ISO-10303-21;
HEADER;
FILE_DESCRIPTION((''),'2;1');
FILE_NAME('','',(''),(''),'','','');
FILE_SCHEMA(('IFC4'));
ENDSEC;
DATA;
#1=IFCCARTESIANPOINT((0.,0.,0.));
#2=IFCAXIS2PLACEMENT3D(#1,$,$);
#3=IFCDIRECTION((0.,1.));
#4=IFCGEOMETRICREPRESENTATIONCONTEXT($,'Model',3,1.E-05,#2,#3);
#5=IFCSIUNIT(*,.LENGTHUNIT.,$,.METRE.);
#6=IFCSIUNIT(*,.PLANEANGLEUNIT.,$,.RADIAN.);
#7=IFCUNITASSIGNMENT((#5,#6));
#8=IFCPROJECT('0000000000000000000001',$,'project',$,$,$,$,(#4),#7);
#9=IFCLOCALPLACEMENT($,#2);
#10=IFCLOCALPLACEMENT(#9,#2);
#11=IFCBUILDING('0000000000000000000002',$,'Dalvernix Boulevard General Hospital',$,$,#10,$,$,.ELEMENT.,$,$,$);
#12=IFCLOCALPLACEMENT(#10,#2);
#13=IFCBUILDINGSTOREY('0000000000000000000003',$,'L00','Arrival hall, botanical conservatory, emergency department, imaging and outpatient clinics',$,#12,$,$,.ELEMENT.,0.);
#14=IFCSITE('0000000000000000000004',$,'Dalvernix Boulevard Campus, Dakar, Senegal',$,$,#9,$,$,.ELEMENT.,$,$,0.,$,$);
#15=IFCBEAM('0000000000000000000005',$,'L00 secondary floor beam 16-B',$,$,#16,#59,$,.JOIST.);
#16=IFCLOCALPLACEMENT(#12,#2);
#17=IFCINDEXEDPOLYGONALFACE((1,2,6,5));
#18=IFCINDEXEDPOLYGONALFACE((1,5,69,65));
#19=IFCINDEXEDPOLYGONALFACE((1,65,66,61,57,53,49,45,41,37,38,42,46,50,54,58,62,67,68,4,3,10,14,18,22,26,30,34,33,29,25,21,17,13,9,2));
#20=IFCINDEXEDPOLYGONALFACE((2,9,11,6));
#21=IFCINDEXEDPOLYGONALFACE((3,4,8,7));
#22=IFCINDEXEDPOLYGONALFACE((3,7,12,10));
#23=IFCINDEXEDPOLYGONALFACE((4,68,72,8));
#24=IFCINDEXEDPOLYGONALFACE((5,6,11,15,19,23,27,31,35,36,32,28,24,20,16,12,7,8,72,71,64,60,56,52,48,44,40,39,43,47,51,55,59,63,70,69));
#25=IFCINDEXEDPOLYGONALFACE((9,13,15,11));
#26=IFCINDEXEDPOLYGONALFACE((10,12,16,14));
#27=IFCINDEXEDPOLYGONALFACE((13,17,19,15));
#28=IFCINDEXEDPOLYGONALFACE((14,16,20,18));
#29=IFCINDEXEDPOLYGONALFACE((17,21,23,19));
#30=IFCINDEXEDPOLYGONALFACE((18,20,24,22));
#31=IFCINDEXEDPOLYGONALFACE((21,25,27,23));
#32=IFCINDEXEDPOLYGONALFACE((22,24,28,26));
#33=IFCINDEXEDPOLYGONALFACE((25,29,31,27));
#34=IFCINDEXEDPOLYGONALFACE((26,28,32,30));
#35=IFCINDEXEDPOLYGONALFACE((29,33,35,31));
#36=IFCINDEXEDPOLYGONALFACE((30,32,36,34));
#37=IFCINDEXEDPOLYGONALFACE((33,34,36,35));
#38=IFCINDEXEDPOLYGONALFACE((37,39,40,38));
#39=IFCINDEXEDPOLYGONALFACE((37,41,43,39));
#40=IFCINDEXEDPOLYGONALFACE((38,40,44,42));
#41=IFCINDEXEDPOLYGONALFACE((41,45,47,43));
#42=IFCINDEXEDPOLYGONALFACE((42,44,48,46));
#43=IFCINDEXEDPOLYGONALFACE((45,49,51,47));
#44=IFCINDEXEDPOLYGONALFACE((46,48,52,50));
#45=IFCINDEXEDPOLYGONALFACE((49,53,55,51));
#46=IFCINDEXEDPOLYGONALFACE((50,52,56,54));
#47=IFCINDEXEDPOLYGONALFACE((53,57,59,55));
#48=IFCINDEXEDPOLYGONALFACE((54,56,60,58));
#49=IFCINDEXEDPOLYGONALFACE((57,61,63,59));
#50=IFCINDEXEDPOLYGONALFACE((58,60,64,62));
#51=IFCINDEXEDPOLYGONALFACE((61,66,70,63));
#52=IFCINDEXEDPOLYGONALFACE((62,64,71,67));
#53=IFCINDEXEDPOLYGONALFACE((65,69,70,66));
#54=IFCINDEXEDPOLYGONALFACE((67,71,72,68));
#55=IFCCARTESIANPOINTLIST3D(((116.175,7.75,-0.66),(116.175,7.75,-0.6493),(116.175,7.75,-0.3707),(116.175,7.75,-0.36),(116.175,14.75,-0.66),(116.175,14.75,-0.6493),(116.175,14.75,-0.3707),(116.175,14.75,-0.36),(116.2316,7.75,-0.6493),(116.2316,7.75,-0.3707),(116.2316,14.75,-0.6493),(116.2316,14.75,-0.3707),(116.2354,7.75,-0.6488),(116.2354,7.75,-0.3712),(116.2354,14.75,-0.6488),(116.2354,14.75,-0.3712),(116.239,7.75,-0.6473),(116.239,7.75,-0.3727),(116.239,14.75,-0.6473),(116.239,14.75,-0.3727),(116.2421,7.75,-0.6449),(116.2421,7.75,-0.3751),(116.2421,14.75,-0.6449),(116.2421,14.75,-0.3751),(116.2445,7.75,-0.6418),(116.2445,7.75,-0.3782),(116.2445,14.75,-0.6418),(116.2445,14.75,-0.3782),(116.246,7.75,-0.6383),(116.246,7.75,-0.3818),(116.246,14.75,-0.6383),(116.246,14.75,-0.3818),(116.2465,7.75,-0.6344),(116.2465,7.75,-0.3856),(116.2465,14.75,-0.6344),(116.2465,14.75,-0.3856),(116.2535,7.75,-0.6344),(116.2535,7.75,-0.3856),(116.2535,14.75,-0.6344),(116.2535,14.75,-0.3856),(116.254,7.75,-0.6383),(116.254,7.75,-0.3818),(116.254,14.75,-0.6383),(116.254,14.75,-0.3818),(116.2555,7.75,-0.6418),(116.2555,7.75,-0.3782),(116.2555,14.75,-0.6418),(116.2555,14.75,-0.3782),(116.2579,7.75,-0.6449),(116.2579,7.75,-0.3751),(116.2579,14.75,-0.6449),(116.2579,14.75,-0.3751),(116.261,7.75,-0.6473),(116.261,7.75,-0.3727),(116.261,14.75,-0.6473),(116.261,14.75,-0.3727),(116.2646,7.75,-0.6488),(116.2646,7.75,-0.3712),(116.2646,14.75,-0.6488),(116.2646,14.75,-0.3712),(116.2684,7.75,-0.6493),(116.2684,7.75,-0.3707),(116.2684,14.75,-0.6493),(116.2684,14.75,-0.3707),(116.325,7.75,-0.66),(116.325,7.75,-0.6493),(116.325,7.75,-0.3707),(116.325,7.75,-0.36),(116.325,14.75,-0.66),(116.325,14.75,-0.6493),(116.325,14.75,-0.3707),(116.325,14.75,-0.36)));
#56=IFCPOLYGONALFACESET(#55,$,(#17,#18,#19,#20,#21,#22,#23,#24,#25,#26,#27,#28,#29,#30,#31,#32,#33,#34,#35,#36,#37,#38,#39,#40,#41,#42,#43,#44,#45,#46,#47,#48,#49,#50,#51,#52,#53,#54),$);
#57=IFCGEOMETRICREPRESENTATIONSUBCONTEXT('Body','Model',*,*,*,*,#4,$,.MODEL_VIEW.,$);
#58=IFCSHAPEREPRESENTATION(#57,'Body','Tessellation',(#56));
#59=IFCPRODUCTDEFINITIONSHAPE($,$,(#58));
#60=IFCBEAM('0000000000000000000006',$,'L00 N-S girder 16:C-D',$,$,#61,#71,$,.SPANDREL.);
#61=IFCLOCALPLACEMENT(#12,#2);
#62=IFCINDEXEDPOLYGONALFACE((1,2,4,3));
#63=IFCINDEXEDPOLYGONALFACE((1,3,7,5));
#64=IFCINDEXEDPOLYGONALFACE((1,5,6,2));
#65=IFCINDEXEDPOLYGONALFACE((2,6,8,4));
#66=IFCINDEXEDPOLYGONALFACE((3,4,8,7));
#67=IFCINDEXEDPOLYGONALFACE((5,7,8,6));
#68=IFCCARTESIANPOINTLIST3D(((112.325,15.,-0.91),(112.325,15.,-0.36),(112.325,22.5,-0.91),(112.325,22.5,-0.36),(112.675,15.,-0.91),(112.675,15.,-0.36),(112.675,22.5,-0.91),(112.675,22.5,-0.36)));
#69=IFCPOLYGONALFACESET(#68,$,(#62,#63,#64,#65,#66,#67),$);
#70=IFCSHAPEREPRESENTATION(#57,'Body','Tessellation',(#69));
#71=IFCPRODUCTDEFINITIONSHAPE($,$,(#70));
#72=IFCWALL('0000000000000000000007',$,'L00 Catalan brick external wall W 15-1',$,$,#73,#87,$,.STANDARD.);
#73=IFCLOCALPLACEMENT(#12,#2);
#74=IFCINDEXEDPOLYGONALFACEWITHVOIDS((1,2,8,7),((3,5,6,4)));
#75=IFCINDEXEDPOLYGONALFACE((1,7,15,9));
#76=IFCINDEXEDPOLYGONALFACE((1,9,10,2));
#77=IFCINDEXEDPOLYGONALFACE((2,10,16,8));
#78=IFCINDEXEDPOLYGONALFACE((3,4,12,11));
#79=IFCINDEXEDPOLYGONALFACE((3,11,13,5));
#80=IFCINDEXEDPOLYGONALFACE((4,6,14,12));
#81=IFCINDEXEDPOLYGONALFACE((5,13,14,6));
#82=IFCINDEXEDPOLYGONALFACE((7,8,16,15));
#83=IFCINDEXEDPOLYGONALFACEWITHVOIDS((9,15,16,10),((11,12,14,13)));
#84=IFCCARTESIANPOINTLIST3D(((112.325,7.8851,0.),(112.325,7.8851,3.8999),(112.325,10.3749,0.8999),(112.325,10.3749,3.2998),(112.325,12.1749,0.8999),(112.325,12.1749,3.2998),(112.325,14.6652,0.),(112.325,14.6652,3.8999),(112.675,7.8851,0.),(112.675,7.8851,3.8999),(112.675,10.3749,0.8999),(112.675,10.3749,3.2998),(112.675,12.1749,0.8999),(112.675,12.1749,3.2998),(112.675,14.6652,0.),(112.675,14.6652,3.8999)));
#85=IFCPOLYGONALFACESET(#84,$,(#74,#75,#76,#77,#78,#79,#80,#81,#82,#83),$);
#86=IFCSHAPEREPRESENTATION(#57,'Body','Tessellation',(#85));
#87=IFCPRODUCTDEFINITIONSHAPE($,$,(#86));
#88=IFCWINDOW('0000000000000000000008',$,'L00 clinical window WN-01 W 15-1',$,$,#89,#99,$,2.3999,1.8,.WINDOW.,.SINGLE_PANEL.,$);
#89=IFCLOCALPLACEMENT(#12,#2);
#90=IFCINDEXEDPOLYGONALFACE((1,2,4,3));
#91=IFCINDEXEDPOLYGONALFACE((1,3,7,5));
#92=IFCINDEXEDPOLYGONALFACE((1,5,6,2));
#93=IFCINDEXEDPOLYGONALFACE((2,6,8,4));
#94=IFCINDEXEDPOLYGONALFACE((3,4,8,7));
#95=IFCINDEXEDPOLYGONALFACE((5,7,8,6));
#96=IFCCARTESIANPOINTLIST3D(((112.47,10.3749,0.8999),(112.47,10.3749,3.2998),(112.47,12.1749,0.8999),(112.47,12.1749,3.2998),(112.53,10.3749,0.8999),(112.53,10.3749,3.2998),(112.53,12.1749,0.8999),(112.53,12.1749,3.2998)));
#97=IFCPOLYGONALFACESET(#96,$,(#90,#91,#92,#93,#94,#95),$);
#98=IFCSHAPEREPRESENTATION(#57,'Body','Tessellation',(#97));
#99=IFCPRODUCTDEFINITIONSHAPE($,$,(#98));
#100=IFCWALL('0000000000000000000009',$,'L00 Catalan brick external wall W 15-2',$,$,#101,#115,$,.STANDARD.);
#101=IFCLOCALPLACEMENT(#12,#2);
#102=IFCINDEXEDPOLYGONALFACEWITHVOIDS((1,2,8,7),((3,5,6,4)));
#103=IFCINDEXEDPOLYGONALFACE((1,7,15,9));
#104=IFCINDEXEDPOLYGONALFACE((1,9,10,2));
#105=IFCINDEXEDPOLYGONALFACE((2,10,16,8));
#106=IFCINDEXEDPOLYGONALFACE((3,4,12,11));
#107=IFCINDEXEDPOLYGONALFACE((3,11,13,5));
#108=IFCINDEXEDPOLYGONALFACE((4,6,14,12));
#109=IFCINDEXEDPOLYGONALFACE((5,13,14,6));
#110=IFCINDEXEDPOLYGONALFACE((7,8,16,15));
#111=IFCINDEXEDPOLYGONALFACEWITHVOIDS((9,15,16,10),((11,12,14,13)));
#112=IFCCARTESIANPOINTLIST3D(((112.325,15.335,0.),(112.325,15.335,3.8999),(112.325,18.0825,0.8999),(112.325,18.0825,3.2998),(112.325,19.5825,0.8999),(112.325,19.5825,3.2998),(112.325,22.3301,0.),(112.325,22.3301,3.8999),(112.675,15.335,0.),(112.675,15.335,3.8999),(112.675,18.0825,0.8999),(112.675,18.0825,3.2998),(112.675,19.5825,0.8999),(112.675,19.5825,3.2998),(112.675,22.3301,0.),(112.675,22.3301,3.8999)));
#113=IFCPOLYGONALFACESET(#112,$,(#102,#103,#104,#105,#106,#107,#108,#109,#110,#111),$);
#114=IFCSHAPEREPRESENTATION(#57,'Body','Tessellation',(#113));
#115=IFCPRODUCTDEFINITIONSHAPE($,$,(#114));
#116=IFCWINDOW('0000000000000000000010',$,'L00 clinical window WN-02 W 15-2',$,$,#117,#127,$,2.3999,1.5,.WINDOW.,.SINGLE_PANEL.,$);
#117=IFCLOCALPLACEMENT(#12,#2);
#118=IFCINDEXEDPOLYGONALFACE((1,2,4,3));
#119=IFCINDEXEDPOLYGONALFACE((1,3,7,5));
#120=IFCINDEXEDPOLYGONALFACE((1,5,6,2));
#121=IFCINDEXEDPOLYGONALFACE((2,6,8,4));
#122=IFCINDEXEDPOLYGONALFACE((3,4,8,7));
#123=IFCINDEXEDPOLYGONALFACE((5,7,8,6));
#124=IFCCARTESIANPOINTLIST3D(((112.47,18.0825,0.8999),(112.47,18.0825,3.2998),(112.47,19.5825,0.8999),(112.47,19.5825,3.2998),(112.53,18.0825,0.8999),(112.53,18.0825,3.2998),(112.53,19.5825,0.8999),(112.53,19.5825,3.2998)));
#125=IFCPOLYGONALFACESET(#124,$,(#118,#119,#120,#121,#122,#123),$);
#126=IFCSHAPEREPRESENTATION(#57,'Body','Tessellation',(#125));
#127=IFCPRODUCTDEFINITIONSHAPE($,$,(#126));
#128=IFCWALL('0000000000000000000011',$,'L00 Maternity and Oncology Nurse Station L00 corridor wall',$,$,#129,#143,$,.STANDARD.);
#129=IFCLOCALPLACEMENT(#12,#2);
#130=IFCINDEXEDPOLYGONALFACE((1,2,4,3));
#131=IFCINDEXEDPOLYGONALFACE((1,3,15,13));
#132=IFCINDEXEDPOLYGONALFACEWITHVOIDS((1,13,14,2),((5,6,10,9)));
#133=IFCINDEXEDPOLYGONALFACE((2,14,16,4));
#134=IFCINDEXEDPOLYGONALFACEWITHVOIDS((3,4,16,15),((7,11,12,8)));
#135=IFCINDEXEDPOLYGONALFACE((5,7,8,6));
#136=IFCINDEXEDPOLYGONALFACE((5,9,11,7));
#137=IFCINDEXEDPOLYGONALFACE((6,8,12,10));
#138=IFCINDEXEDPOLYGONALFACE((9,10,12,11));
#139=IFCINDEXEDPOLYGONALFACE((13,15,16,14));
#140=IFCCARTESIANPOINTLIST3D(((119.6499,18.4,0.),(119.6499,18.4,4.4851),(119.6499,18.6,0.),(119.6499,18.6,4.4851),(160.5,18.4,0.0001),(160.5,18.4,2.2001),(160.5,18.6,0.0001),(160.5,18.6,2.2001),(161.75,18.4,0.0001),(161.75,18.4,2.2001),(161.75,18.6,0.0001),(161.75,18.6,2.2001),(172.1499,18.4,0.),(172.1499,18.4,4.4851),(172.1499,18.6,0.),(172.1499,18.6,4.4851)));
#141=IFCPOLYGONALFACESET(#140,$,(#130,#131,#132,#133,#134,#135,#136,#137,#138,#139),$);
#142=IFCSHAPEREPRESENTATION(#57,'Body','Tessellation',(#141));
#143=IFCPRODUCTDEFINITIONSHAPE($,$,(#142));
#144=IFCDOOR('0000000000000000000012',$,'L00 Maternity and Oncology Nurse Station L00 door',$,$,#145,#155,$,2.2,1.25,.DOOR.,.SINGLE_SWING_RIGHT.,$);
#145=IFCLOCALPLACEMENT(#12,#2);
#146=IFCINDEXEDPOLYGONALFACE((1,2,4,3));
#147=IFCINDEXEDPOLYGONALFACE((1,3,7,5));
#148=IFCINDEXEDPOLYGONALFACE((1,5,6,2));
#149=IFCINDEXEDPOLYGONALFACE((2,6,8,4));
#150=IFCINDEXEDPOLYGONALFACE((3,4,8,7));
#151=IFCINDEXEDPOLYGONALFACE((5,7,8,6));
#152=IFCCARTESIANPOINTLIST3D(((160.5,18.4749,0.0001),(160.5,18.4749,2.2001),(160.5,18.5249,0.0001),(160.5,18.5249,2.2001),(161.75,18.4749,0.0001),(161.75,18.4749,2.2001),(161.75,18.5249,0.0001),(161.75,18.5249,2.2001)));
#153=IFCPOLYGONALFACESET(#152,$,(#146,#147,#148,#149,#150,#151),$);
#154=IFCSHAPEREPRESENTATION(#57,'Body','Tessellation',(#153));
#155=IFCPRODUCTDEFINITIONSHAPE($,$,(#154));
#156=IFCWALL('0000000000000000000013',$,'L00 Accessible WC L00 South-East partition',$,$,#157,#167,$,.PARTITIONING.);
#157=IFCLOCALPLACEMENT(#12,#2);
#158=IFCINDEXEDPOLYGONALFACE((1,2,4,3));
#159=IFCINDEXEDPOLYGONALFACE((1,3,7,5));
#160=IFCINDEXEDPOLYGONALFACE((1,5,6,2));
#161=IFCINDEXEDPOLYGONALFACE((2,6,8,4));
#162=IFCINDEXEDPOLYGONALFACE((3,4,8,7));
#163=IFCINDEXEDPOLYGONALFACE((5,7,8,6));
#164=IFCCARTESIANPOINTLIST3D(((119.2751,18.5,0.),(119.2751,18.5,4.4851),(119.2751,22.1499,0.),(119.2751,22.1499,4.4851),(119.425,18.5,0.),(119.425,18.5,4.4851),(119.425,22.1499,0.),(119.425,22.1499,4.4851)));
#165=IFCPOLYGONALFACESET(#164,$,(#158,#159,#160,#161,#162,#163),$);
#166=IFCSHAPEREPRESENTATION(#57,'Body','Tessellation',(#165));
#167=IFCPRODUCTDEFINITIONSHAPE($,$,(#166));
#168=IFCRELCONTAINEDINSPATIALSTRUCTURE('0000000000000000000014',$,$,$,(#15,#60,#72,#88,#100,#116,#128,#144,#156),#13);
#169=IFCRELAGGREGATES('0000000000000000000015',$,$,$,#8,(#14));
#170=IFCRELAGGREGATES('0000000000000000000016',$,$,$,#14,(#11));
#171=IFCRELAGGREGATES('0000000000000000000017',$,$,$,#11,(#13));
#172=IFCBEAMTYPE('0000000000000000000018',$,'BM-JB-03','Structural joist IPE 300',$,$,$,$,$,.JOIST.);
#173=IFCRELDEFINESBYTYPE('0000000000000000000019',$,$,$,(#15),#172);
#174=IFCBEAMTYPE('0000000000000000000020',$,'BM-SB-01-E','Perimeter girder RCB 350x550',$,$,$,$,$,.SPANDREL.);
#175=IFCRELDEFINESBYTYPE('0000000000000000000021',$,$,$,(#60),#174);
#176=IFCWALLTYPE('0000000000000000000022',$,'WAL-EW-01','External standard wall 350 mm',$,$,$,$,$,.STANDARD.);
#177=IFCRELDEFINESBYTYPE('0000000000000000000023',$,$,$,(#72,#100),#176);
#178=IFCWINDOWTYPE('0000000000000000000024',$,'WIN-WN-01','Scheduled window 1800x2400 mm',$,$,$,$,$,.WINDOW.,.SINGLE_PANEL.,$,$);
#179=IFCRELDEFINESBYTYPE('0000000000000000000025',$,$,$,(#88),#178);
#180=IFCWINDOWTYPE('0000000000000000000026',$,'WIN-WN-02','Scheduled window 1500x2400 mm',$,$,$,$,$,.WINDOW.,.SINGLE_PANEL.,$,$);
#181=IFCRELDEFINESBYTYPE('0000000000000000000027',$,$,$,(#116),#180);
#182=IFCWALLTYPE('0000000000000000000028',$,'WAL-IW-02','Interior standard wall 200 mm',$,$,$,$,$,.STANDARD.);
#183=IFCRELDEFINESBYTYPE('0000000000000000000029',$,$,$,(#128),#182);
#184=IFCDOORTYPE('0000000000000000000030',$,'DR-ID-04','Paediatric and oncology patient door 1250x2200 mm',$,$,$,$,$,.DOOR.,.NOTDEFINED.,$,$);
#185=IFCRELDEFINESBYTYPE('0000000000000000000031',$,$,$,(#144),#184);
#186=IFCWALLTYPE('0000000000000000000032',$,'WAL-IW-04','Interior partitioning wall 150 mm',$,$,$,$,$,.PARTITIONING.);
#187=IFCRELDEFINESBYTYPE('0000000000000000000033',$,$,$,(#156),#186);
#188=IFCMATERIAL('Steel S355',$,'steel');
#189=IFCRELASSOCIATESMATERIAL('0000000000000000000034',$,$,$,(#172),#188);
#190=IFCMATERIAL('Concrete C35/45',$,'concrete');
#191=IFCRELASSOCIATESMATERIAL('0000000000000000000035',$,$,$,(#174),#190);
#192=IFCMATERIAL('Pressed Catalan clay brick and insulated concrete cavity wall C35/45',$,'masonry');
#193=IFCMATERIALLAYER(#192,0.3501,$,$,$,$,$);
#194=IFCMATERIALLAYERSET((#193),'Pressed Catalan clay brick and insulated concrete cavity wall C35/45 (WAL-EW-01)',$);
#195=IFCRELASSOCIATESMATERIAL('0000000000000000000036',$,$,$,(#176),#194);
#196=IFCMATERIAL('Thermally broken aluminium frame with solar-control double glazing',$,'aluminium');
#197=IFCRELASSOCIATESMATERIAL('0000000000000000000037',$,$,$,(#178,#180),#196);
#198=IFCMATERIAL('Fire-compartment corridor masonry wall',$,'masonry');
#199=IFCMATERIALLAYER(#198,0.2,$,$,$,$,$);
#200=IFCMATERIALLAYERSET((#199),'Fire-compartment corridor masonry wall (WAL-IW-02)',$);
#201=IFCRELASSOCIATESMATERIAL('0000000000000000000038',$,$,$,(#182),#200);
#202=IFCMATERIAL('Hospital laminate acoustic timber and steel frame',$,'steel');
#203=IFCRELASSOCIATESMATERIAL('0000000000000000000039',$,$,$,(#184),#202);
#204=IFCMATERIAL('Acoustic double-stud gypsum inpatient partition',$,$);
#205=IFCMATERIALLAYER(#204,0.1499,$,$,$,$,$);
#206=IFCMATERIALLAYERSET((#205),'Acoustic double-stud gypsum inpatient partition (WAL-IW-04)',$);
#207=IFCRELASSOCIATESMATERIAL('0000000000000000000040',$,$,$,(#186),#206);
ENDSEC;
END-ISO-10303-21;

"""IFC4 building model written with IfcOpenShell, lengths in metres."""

from ifc_helpers import new_model, si_unit, direction, frame, frame_2d, origin, origin_2d, place, context, subcontext, project, spatial, rectangle, i_section, extrude, material, layer, layer_set, material_profile, profile_set, type_object, element, fill, save


model = new_model("IFC4")

# Units and contexts
model_context = context("Model", 3, precision=1e-05, world=origin(), true_north=direction((0.0, 1.0)))
body_context = subcontext(model_context, "Body", "Model", "MODEL_VIEW")
ifc_project = project(units=[si_unit("LENGTHUNIT", "METRE"), si_unit("PLANEANGLEUNIT", "RADIAN")], contexts=[model_context])

# Site, building, storey
site_placement = place(None, origin())
site = spatial("IfcSite", under=ifc_project, at=site_placement, Name="Dalvernix Boulevard Campus, Dakar, Senegal", CompositionType="ELEMENT", RefElevation=0.0)
building_placement = place(site_placement, origin())
building = spatial("IfcBuilding", under=site, at=building_placement, Name="Dalvernix Boulevard General Hospital", CompositionType="ELEMENT")
storey_placement = place(building_placement, origin())
storey = spatial("IfcBuildingStorey", under=building, at=storey_placement, Name="L00", Description="Arrival hall, botanical conservatory, emergency department, imaging and outpatient clinics", CompositionType="ELEMENT", Elevation=0.0)

# Beams
ifc_material_1 = material(Name="Concrete C35/45", Category="concrete")
ifc_material_2 = material(Name="Steel S355", Category="steel")
ifc_material_profile_1 = material_profile(ifc_material_2, i_section(OverallWidth=0.1499, OverallDepth=0.3, WebThickness=0.0071, FlangeThickness=0.0107, FilletRadius=0.0149, at=origin_2d()), Name="IPE 300")
ifc_profile_set_1 = profile_set([ifc_material_profile_1], Name="Steel S355")
beam_type_1 = type_object("IfcBeamType", Name="BM-JB-03", Description="Structural joist IPE 300", PredefinedType="JOIST", material=ifc_profile_set_1)
beam_1_placement = place(storey_placement, frame((116.25, 7.75, -0.51), z_axis=(0.0, 1.0, 0.0), x_axis=(-1.0, 0.0, 0.0)))
element("IfcBeam", 1, at=beam_1_placement, inside=storey, type_object=beam_type_1, Name="L00 secondary floor beam 16-B", PredefinedType="JOIST", context=body_context, shape_type="SweptSolid", body=[
    extrude(i_section(OverallWidth=0.1499, OverallDepth=0.3, WebThickness=0.0071, FlangeThickness=0.0107, FilletRadius=0.0149, at=origin_2d()), origin(), (0.0, 0.0, 1.0), 7.0),
])
ifc_material_profile_2 = material_profile(ifc_material_1, rectangle(XDim=0.3501, YDim=0.55, at=origin_2d()), Name="RCB 350x550")
ifc_profile_set_2 = profile_set([ifc_material_profile_2], Name="Concrete C35/45")
beam_type_2 = type_object("IfcBeamType", Name="BM-SB-01-E", Description="Perimeter girder RCB 350x550", PredefinedType="SPANDREL", material=ifc_profile_set_2)
beam_2_placement = place(storey_placement, frame((112.5, 15.0, -0.635), z_axis=(0.0, 1.0, 0.0), x_axis=(-1.0, 0.0, 0.0)))
element("IfcBeam", 2, at=beam_2_placement, inside=storey, type_object=beam_type_2, Name="L00 N-S girder 16:C-D", PredefinedType="SPANDREL", context=body_context, shape_type="SweptSolid", body=[
    extrude(rectangle(XDim=0.3501, YDim=0.55, at=origin_2d()), origin(), (0.0, 0.0, 1.0), 7.5),
])

# Walls, openings, windows
ifc_material_3 = material(Name="Pressed Catalan clay brick and insulated concrete cavity wall C35/45", Category="masonry")
ifc_layer_1 = layer(ifc_material_3, 0.3501)
ifc_layer_set_1 = layer_set([ifc_layer_1], Name="Pressed Catalan clay brick and insulated concrete cavity wall C35/45 (WAL-EW-01)")
wall_type_1 = type_object("IfcWallType", Name="WAL-EW-01", Description="External standard wall 350 mm", PredefinedType="STANDARD", material=ifc_layer_set_1)
wall_1_placement = place(storey_placement, frame((112.5, 7.885, 0.0), z_axis=(0.0, 0.0, 1.0), x_axis=(0.0, 1.0, 0.0)))
wall_1 = element("IfcWall", 3, at=wall_1_placement, inside=storey, type_object=wall_type_1, Name="L00 Catalan brick external wall W 15-1", PredefinedType="STANDARD", context=body_context, shape_type="SweptSolid", body=[
    extrude(rectangle(XDim=6.78, YDim=0.3501, at=frame_2d((3.3901, 0.0))), origin(), (0.0, 0.0, 1.0), 3.8999),
])
opening_1_placement = place(wall_1_placement, frame((2.49, 0.0, 0.8999)))
opening_1 = element("IfcOpeningElement", 4, at=opening_1_placement, cuts=wall_1, PredefinedType="OPENING", context=body_context, shape_type="SweptSolid", body=[
    extrude(rectangle(XDim=1.8, YDim=2.3999, at=frame_2d((0.8999, 1.2))), frame((0.0, 0.1851, 0.0), z_axis=(0.0, -1.0, 0.0), x_axis=(1.0, 0.0, 0.0)), (0.0, 0.0, 1.0), 0.3701),
])
ifc_material_4 = material(Name="Thermally broken aluminium frame with solar-control double glazing", Category="aluminium")
window_type_1 = type_object("IfcWindowType", Name="WIN-WN-01", Description="Scheduled window 1800x2400 mm", PartitioningType="SINGLE_PANEL", PredefinedType="WINDOW", material=ifc_material_4)
window_1_placement = place(opening_1_placement, origin())
window_1 = element("IfcWindow", 5, at=window_1_placement, inside=storey, type_object=window_type_1, Name="L00 clinical window WN-01 W 15-1", OverallHeight=2.3999, OverallWidth=1.8, PartitioningType="SINGLE_PANEL", PredefinedType="WINDOW", context=body_context, shape_type="SweptSolid", body=[
    extrude(rectangle(XDim=1.8, YDim=2.3999, at=frame_2d((0.8999, 1.2))), frame((0.0, 0.03, 0.0), z_axis=(0.0, -1.0, 0.0), x_axis=(1.0, 0.0, 0.0)), (0.0, 0.0, 1.0), 0.0601),
])
fill(opening_1, window_1)
wall_2_placement = place(storey_placement, frame((112.5, 15.335, 0.0), z_axis=(0.0, 0.0, 1.0), x_axis=(0.0, 1.0, 0.0)))
wall_2 = element("IfcWall", 6, at=wall_2_placement, inside=storey, type_object=wall_type_1, Name="L00 Catalan brick external wall W 15-2", PredefinedType="STANDARD", context=body_context, shape_type="SweptSolid", body=[
    extrude(rectangle(XDim=6.9951, YDim=0.3501, at=frame_2d((3.4976, 0.0))), origin(), (0.0, 0.0, 1.0), 3.8999),
])
opening_2_placement = place(wall_2_placement, frame((2.7476, 0.0, 0.8999)))
opening_2 = element("IfcOpeningElement", 7, at=opening_2_placement, cuts=wall_2, PredefinedType="OPENING", context=body_context, shape_type="SweptSolid", body=[
    extrude(rectangle(XDim=1.5, YDim=2.3999, at=frame_2d((0.75, 1.2))), frame((0.0, 0.1851, 0.0), z_axis=(0.0, -1.0, 0.0), x_axis=(1.0, 0.0, 0.0)), (0.0, 0.0, 1.0), 0.3701),
])
window_type_2 = type_object("IfcWindowType", Name="WIN-WN-02", Description="Scheduled window 1500x2400 mm", PartitioningType="SINGLE_PANEL", PredefinedType="WINDOW", material=ifc_material_4)
window_2_placement = place(opening_2_placement, origin())
window_2 = element("IfcWindow", 8, at=window_2_placement, inside=storey, type_object=window_type_2, Name="L00 clinical window WN-02 W 15-2", OverallHeight=2.3999, OverallWidth=1.5, PartitioningType="SINGLE_PANEL", PredefinedType="WINDOW", context=body_context, shape_type="SweptSolid", body=[
    extrude(rectangle(XDim=1.5, YDim=2.3999, at=frame_2d((0.75, 1.2))), frame((0.0, 0.03, 0.0), z_axis=(0.0, -1.0, 0.0), x_axis=(1.0, 0.0, 0.0)), (0.0, 0.0, 1.0), 0.0601),
])
fill(opening_2, window_2)

# Wall, opening, door
ifc_material_5 = material(Name="Fire-compartment corridor masonry wall", Category="masonry")
ifc_layer_2 = layer(ifc_material_5, 0.2)
ifc_layer_set_2 = layer_set([ifc_layer_2], Name="Fire-compartment corridor masonry wall (WAL-IW-02)")
wall_type_2 = type_object("IfcWallType", Name="WAL-IW-02", Description="Interior standard wall 200 mm", PredefinedType="STANDARD", material=ifc_layer_set_2)
wall_3_placement = place(storey_placement, frame((119.6499, 18.5, 0.0), z_axis=(0.0, 0.0, 1.0), x_axis=(1.0, 0.0, 0.0)))
wall_3 = element("IfcWall", 9, at=wall_3_placement, inside=storey, type_object=wall_type_2, Name="L00 Maternity and Oncology Nurse Station L00 corridor wall", PredefinedType="STANDARD", context=body_context, shape_type="SweptSolid", body=[
    extrude(rectangle(XDim=52.5, YDim=0.2, at=frame_2d((26.25, 0.0))), origin(), (0.0, 0.0, 1.0), 4.4851),
])
opening_3_placement = place(wall_3_placement, frame((40.8501, 0.0, 0.0)))
opening_3 = element("IfcOpeningElement", 10, at=opening_3_placement, cuts=wall_3, PredefinedType="OPENING", context=body_context, shape_type="SweptSolid", body=[
    extrude(rectangle(XDim=1.25, YDim=2.2, at=frame_2d((0.625, 1.1001))), frame((0.0, 0.1099, 0.0), z_axis=(0.0, -1.0, 0.0), x_axis=(1.0, 0.0, 0.0)), (0.0, 0.0, 1.0), 0.22),
])
ifc_material_6 = material(Name="Hospital laminate acoustic timber and steel frame", Category="steel")
door_type_1 = type_object("IfcDoorType", Name="DR-ID-04", Description="Paediatric and oncology patient door 1250x2200 mm", OperationType="NOTDEFINED", PredefinedType="DOOR", material=ifc_material_6)
door_1_placement = place(opening_3_placement, origin())
door_1 = element("IfcDoor", 11, at=door_1_placement, inside=storey, type_object=door_type_1, Name="L00 Maternity and Oncology Nurse Station L00 door", OperationType="SINGLE_SWING_RIGHT", OverallHeight=2.2, OverallWidth=1.25, PredefinedType="DOOR", context=body_context, shape_type="SweptSolid", body=[
    extrude(rectangle(XDim=1.25, YDim=2.2, at=frame_2d((0.625, 1.1001))), frame((0.0, 0.0249, 0.0), z_axis=(0.0, -1.0, 0.0), x_axis=(1.0, 0.0, 0.0)), (0.0, 0.0, 1.0), 0.05),
])
fill(opening_3, door_1)

# Wall
ifc_material_7 = material(Name="Acoustic double-stud gypsum inpatient partition")
ifc_layer_3 = layer(ifc_material_7, 0.1499)
ifc_layer_set_3 = layer_set([ifc_layer_3], Name="Acoustic double-stud gypsum inpatient partition (WAL-IW-04)")
wall_type_3 = type_object("IfcWallType", Name="WAL-IW-04", Description="Interior partitioning wall 150 mm", PredefinedType="PARTITIONING", material=ifc_layer_set_3)
wall_4_placement = place(storey_placement, frame((119.3501, 18.5, 0.0), z_axis=(0.0, 0.0, 1.0), x_axis=(0.0, 1.0, 0.0)))
element("IfcWall", 12, at=wall_4_placement, inside=storey, type_object=wall_type_3, Name="L00 Accessible WC L00 South-East partition", PredefinedType="PARTITIONING", context=body_context, shape_type="SweptSolid", body=[
    extrude(rectangle(XDim=3.6499, YDim=0.1499, at=frame_2d((1.825, 0.0))), origin(), (0.0, 0.0, 1.0), 4.4851),
])

save(model, "model.ifc")
